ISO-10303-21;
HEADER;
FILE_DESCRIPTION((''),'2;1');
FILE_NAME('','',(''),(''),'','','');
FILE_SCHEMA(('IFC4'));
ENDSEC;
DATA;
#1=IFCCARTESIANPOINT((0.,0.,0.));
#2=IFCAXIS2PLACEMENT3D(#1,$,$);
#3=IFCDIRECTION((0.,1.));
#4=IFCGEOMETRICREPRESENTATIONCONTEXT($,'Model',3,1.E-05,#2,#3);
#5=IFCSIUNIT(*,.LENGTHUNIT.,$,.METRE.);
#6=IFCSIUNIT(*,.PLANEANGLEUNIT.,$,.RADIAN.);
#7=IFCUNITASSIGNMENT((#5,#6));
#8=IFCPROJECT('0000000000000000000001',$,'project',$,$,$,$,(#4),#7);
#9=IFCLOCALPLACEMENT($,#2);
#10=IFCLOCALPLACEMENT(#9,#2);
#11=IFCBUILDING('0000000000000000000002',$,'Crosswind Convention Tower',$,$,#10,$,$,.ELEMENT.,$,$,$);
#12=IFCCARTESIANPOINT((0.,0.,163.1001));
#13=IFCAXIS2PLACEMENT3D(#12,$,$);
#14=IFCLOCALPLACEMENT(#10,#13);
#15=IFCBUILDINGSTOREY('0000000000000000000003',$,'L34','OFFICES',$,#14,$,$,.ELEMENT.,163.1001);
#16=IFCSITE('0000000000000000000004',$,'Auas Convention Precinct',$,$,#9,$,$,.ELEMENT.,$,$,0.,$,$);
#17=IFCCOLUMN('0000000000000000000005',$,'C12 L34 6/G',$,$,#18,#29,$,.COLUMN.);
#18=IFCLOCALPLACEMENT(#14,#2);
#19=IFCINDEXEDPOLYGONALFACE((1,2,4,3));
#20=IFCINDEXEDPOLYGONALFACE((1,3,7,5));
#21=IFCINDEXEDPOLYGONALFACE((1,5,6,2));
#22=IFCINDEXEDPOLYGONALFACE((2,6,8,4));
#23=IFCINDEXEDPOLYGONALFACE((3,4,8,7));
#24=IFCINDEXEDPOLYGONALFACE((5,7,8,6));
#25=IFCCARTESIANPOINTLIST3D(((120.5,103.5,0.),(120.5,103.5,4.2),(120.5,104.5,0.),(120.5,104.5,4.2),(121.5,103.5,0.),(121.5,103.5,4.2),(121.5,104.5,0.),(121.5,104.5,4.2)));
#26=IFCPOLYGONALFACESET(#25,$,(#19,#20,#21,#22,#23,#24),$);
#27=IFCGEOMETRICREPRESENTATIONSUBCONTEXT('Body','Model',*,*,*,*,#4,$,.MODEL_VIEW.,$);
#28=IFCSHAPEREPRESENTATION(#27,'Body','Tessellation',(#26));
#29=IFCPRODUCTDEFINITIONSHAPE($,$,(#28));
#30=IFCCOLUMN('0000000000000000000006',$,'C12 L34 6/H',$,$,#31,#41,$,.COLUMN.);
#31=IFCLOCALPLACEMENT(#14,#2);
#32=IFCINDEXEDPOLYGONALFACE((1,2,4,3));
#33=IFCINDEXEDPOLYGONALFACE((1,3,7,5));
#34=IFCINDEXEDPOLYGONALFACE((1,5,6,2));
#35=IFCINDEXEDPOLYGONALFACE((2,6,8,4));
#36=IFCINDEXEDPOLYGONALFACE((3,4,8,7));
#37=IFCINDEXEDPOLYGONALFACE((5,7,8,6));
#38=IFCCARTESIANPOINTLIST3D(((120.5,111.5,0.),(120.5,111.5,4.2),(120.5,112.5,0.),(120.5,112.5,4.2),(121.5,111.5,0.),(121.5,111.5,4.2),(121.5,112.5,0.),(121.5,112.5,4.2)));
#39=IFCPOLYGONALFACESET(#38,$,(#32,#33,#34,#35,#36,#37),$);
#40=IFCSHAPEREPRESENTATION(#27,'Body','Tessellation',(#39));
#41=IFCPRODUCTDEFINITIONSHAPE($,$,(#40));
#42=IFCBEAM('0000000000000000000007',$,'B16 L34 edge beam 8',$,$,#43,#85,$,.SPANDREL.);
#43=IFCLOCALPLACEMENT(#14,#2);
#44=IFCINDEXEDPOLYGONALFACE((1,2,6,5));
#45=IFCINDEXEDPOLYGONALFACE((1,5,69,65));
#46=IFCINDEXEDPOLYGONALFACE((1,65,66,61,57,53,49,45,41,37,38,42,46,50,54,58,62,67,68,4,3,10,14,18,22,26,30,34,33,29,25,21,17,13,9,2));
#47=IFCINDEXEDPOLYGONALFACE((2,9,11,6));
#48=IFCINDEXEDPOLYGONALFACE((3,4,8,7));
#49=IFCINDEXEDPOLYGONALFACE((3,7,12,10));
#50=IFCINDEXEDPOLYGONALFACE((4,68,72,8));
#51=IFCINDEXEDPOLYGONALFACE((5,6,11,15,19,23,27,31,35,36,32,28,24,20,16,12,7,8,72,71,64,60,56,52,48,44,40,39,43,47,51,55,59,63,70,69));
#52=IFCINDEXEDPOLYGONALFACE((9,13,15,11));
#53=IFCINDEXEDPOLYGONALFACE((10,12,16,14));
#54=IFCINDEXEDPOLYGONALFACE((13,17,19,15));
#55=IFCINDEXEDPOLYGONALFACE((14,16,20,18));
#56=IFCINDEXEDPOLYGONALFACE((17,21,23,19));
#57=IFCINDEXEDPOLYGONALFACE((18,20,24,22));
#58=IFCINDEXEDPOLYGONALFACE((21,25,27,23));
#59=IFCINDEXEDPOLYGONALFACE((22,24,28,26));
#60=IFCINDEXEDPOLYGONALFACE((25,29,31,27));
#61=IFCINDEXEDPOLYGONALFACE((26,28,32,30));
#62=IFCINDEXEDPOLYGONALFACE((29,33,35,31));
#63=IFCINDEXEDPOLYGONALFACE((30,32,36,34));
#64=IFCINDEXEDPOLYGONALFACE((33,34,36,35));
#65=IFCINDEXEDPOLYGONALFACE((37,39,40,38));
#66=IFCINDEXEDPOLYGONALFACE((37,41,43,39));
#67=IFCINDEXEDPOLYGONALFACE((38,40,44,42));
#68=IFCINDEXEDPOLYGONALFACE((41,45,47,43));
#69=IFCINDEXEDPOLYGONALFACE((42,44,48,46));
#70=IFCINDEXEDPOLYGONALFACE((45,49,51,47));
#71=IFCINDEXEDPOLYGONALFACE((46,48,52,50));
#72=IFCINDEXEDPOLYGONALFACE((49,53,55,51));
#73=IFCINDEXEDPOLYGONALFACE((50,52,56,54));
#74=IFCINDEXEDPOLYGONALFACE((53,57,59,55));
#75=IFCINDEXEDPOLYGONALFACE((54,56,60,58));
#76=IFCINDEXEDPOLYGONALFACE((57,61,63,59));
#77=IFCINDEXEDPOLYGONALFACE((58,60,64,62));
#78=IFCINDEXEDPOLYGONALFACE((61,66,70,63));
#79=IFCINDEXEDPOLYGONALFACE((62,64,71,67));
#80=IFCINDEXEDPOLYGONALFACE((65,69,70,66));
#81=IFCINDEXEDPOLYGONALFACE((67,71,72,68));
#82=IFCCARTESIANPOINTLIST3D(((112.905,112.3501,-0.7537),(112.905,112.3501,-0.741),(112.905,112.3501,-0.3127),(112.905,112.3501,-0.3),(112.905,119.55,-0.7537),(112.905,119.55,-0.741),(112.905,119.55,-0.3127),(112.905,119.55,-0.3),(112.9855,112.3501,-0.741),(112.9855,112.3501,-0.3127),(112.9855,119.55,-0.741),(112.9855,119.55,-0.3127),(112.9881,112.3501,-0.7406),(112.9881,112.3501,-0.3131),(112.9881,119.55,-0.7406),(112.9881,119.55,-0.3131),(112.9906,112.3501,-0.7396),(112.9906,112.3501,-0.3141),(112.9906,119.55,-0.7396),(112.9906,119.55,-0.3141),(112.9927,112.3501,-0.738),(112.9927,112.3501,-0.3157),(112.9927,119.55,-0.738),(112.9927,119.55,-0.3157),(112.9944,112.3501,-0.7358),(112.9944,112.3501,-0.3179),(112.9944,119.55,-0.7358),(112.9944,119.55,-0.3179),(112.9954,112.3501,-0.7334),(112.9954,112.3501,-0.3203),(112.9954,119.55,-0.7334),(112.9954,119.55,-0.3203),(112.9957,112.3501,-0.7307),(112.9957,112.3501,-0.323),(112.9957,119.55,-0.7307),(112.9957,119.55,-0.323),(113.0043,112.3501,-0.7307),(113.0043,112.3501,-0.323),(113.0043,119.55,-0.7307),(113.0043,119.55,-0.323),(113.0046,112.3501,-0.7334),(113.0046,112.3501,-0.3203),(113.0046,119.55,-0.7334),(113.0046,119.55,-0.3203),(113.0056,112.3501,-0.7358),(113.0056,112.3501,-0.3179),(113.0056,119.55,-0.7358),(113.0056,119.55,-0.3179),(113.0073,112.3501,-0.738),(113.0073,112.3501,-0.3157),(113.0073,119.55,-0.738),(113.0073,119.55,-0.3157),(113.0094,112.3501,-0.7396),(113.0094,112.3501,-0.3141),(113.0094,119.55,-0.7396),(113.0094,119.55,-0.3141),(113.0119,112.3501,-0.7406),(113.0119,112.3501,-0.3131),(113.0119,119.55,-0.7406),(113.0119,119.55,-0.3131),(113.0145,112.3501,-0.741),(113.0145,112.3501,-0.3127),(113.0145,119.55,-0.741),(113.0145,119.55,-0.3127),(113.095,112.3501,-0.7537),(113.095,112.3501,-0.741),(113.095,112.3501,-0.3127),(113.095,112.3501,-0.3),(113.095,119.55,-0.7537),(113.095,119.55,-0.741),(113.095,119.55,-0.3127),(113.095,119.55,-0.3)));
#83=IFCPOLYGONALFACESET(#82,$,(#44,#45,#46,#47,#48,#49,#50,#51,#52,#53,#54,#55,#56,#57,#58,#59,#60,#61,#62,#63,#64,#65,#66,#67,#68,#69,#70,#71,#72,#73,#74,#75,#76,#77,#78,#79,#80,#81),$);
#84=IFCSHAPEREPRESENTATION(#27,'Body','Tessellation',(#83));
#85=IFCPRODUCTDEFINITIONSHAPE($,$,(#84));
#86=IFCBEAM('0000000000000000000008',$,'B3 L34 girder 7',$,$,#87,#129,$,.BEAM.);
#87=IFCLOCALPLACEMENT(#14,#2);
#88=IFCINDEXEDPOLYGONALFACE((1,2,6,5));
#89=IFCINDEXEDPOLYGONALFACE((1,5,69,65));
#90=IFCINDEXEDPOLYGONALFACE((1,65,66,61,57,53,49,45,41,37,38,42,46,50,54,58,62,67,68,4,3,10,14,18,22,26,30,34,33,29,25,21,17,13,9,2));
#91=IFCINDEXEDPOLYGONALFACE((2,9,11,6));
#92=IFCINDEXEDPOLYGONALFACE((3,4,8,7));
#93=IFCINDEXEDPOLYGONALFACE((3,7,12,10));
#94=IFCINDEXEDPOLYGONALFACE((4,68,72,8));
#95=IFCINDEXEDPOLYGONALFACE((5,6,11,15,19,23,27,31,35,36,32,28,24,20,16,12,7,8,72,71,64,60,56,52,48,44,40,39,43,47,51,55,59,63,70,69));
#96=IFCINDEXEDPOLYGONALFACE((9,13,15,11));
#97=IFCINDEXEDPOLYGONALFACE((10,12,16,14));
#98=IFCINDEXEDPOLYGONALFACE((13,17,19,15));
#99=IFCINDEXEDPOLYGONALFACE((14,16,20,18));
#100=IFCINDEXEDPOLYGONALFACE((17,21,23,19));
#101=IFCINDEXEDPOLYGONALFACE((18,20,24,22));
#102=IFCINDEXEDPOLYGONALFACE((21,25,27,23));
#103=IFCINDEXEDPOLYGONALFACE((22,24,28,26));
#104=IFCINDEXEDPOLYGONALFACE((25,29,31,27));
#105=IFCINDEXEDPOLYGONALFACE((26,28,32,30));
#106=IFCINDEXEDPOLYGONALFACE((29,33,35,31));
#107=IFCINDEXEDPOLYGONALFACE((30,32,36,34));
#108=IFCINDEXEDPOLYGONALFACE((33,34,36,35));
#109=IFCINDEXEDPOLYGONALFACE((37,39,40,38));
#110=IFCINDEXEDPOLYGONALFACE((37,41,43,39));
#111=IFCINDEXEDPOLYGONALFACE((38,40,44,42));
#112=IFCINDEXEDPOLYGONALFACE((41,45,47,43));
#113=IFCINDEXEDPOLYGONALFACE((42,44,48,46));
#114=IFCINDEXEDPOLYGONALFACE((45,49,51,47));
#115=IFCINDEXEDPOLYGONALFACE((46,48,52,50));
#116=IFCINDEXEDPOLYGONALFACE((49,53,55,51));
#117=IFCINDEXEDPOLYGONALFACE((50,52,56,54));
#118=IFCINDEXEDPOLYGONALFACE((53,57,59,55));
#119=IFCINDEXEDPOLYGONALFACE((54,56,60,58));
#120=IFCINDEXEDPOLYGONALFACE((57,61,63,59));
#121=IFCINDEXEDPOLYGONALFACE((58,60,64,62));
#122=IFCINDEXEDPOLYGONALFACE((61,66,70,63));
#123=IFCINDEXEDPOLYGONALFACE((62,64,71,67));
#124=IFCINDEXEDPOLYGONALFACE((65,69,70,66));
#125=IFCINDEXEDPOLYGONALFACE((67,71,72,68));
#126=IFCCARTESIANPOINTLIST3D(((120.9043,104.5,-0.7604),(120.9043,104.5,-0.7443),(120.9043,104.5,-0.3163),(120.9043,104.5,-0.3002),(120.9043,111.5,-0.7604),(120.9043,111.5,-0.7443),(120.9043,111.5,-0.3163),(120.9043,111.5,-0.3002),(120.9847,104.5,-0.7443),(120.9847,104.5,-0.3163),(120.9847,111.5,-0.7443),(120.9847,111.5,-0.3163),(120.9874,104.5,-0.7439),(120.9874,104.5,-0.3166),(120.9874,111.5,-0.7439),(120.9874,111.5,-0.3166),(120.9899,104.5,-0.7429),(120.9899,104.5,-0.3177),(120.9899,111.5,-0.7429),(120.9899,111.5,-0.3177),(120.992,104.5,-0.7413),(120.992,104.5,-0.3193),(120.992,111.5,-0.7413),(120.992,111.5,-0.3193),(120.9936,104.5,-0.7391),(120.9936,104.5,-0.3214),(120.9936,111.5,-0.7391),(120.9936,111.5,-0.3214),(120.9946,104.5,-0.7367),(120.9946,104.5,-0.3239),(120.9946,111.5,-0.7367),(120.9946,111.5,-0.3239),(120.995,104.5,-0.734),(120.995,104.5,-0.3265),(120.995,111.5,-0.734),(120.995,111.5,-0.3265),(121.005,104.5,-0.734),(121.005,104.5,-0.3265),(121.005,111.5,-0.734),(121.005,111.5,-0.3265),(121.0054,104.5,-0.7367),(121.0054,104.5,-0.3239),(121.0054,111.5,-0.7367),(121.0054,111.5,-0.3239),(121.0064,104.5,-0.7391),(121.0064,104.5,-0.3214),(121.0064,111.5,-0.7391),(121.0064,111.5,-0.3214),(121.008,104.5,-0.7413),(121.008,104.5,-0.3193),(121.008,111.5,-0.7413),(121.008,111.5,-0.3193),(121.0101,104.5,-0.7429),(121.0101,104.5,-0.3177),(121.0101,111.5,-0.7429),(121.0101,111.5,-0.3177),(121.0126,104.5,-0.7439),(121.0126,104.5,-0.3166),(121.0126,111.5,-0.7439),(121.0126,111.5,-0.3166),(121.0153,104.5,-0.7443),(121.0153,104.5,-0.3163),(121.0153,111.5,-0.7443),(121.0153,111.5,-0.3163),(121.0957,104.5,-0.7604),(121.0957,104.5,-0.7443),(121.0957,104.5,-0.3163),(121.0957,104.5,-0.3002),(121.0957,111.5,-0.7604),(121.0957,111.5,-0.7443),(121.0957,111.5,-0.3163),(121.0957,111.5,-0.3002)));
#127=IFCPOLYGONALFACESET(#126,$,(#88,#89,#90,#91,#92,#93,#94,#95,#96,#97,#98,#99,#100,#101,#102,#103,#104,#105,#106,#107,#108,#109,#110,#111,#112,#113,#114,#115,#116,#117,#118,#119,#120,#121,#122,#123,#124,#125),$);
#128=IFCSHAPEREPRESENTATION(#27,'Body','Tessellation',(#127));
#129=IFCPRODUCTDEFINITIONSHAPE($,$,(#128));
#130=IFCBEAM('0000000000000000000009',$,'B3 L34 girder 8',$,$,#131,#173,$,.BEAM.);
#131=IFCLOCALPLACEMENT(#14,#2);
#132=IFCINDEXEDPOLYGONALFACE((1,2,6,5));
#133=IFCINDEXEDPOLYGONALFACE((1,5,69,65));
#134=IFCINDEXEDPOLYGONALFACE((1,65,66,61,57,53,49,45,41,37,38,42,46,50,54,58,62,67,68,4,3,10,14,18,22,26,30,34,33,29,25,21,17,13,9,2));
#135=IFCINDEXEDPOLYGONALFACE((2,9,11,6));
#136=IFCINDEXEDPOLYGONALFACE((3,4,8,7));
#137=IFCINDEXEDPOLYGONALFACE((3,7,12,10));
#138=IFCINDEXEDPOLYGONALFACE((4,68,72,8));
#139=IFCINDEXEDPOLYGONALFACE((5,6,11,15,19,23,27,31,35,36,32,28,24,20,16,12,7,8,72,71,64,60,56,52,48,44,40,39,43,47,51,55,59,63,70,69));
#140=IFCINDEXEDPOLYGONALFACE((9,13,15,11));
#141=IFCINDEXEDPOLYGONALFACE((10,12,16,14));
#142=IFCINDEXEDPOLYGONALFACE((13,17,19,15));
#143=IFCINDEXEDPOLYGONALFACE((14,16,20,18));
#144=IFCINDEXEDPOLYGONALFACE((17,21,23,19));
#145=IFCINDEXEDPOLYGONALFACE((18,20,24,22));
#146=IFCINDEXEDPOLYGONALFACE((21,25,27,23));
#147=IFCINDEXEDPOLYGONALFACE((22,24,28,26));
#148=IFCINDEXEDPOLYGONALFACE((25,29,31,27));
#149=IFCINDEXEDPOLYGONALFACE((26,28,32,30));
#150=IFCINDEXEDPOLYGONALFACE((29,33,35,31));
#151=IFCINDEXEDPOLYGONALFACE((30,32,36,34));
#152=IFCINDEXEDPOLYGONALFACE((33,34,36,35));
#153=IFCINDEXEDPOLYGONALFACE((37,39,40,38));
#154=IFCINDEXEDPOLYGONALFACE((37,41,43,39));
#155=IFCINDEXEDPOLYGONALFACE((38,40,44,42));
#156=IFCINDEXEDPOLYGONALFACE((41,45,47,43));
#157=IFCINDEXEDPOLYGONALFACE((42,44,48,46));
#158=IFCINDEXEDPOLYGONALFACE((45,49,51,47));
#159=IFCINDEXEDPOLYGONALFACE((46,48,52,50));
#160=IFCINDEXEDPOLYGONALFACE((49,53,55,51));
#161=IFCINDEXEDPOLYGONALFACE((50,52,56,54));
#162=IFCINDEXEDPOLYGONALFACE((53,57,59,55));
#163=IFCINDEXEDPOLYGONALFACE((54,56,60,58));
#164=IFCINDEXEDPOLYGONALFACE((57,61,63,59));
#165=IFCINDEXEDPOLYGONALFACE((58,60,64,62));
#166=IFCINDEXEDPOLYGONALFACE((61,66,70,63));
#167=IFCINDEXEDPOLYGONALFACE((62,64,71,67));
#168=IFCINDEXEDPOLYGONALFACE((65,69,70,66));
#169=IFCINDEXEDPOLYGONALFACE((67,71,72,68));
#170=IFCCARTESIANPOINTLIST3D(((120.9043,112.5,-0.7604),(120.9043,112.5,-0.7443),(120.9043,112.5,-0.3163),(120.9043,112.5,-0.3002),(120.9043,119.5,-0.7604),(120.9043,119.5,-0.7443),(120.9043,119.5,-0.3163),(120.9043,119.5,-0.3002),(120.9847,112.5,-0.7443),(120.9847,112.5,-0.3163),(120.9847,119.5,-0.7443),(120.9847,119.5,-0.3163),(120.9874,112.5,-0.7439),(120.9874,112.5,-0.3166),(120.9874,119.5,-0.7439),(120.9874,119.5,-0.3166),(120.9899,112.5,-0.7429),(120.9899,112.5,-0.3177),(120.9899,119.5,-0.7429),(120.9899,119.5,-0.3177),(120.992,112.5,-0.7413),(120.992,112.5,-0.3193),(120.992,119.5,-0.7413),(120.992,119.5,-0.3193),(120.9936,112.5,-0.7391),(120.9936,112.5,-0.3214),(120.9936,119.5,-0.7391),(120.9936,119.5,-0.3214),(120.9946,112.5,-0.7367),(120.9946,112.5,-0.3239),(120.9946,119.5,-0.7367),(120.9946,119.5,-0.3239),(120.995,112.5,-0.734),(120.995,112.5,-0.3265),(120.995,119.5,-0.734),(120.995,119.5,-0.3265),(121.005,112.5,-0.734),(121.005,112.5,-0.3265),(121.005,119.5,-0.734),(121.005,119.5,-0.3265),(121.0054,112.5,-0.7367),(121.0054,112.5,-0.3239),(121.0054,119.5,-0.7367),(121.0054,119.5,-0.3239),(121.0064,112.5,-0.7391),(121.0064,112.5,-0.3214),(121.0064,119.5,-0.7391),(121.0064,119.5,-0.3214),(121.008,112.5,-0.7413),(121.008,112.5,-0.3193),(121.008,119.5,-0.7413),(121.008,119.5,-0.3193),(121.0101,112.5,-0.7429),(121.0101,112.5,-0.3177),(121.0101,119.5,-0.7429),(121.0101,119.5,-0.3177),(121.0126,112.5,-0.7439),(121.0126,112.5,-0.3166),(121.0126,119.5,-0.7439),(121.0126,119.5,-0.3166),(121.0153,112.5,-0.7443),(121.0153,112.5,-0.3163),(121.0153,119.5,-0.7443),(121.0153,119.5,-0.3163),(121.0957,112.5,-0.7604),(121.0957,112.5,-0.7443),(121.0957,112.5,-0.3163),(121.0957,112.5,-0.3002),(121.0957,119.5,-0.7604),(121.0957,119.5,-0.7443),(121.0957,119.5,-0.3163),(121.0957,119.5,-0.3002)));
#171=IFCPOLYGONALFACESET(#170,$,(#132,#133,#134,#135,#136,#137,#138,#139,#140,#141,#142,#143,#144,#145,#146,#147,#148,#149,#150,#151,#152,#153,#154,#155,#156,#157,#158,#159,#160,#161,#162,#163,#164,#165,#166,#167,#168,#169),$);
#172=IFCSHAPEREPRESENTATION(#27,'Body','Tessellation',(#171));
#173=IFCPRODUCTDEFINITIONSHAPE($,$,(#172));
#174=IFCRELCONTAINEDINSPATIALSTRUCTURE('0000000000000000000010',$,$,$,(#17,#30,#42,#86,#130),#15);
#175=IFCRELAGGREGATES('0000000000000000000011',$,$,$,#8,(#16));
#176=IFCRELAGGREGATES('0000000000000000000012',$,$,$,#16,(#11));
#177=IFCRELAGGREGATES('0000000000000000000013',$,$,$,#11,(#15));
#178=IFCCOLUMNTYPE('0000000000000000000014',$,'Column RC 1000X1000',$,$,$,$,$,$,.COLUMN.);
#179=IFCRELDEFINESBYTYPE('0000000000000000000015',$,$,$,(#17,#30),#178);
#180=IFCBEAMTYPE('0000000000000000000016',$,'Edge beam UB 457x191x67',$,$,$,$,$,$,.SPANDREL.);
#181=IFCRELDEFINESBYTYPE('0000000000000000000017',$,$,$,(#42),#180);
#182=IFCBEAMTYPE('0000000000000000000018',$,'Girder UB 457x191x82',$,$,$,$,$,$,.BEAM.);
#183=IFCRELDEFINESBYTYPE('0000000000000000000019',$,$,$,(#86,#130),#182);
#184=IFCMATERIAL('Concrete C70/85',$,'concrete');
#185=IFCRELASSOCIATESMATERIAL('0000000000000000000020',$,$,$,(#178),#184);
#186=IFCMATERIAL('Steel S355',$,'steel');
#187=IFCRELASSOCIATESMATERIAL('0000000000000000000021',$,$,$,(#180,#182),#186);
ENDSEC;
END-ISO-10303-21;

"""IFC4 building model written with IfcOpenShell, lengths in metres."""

from ifc_helpers import new_model, si_unit, direction, frame, origin, origin_2d, place, context, subcontext, project, spatial, rectangle, i_section, extrude, material, material_profile, profile_set, type_object, element, save


model = new_model("IFC4")

# Units and contexts
model_context = context("Model", 3, precision=1e-05, world=origin(), true_north=direction((0.0, 1.0)))
body_context = subcontext(model_context, "Body", "Model", "MODEL_VIEW")
ifc_project = project(units=[si_unit("LENGTHUNIT", "METRE"), si_unit("PLANEANGLEUNIT", "RADIAN")], contexts=[model_context])

# Site, building, storey
site_placement = place(None, origin())
site = spatial("IfcSite", under=ifc_project, at=site_placement, Name="Auas Convention Precinct", CompositionType="ELEMENT", RefElevation=0.0)
building_placement = place(site_placement, origin())
building = spatial("IfcBuilding", under=site, at=building_placement, Name="Crosswind Convention Tower", CompositionType="ELEMENT")
storey_placement = place(building_placement, frame((0.0, 0.0, 163.1001)))
storey = spatial("IfcBuildingStorey", under=building, at=storey_placement, Name="L34", Description="OFFICES", CompositionType="ELEMENT", Elevation=163.1001)

# Columns
ifc_material_1 = material(Name="Concrete C70/85", Category="concrete")
ifc_material_profile_1 = material_profile(ifc_material_1, rectangle(XDim=1.0, YDim=1.0, at=origin_2d()), Name="RC 1000X1000")
ifc_profile_set_1 = profile_set([ifc_material_profile_1], Name="Concrete C70/85")
column_type = type_object("IfcColumnType", Name="Column RC 1000X1000", PredefinedType="COLUMN", material=ifc_profile_set_1)
for number, where, z_axis, x_axis, name in (
    (1, (121.0, 104.0, 0.0), (0.0, 0.0, 1.0), (1.0, 0.0, 0.0), "C12 L34 6/G"),
    (2, (121.0, 112.0, 0.0), (0.0, 0.0, 1.0), (1.0, 0.0, 0.0), "C12 L34 6/H"),
):
    element("IfcColumn", number, at=place(storey_placement, frame(where, z_axis=z_axis, x_axis=x_axis)), inside=storey, type_object=column_type, Name=name, PredefinedType="COLUMN", context=body_context, shape_type="SweptSolid", body=[
        extrude(rectangle(XDim=1.0, YDim=1.0, at=origin_2d()), origin(), (0.0, 0.0, 1.0), 4.2),
    ])

# Beams
ifc_material_2 = material(Name="Steel S355", Category="steel")
ifc_material_profile_2 = material_profile(ifc_material_2, i_section(OverallWidth=0.1899, OverallDepth=0.4536, WebThickness=0.0085, FlangeThickness=0.0127, FilletRadius=0.0103, at=origin_2d()), Name="UB 457x191x67")
ifc_profile_set_2 = profile_set([ifc_material_profile_2], Name="Steel S355")
beam_type_1 = type_object("IfcBeamType", Name="Edge beam UB 457x191x67", PredefinedType="SPANDREL", material=ifc_profile_set_2)
beam_1_placement = place(storey_placement, frame((113.0, 112.3501, -0.5269), z_axis=(0.0, 1.0, 0.0), x_axis=(-1.0, 0.0, 0.0)))
element("IfcBeam", 3, at=beam_1_placement, inside=storey, type_object=beam_type_1, Name="B16 L34 edge beam 8", PredefinedType="SPANDREL", context=body_context, shape_type="SweptSolid", body=[
    extrude(i_section(OverallWidth=0.1899, OverallDepth=0.4536, WebThickness=0.0085, FlangeThickness=0.0127, FilletRadius=0.0103, at=origin_2d()), origin(), (0.0, 0.0, 1.0), 7.2),
])
ifc_material_profile_3 = material_profile(ifc_material_2, i_section(OverallWidth=0.1914, OverallDepth=0.4602, WebThickness=0.01, FlangeThickness=0.0161, FilletRadius=0.0103, at=origin_2d()), Name="UB 457x191x82")
ifc_profile_set_3 = profile_set([ifc_material_profile_3], Name="Steel S355")
beam_type_2 = type_object("IfcBeamType", Name="Girder UB 457x191x82", PredefinedType="BEAM", material=ifc_profile_set_3)
for number, where, z_axis, x_axis, name in (
    (4, (121.0, 104.5, -0.5303), (0.0, 1.0, 0.0), (-1.0, 0.0, 0.0), "B3 L34 girder 7"),
    (5, (121.0, 112.5, -0.5303), (0.0, 1.0, 0.0), (-1.0, 0.0, 0.0), "B3 L34 girder 8"),
):
    element("IfcBeam", number, at=place(storey_placement, frame(where, z_axis=z_axis, x_axis=x_axis)), inside=storey, type_object=beam_type_2, Name=name, PredefinedType="BEAM", context=body_context, shape_type="SweptSolid", body=[
        extrude(i_section(OverallWidth=0.1914, OverallDepth=0.4602, WebThickness=0.01, FlangeThickness=0.0161, FilletRadius=0.0103, at=origin_2d()), origin(), (0.0, 0.0, 1.0), 7.0),
    ])

save(model, "model.ifc")
